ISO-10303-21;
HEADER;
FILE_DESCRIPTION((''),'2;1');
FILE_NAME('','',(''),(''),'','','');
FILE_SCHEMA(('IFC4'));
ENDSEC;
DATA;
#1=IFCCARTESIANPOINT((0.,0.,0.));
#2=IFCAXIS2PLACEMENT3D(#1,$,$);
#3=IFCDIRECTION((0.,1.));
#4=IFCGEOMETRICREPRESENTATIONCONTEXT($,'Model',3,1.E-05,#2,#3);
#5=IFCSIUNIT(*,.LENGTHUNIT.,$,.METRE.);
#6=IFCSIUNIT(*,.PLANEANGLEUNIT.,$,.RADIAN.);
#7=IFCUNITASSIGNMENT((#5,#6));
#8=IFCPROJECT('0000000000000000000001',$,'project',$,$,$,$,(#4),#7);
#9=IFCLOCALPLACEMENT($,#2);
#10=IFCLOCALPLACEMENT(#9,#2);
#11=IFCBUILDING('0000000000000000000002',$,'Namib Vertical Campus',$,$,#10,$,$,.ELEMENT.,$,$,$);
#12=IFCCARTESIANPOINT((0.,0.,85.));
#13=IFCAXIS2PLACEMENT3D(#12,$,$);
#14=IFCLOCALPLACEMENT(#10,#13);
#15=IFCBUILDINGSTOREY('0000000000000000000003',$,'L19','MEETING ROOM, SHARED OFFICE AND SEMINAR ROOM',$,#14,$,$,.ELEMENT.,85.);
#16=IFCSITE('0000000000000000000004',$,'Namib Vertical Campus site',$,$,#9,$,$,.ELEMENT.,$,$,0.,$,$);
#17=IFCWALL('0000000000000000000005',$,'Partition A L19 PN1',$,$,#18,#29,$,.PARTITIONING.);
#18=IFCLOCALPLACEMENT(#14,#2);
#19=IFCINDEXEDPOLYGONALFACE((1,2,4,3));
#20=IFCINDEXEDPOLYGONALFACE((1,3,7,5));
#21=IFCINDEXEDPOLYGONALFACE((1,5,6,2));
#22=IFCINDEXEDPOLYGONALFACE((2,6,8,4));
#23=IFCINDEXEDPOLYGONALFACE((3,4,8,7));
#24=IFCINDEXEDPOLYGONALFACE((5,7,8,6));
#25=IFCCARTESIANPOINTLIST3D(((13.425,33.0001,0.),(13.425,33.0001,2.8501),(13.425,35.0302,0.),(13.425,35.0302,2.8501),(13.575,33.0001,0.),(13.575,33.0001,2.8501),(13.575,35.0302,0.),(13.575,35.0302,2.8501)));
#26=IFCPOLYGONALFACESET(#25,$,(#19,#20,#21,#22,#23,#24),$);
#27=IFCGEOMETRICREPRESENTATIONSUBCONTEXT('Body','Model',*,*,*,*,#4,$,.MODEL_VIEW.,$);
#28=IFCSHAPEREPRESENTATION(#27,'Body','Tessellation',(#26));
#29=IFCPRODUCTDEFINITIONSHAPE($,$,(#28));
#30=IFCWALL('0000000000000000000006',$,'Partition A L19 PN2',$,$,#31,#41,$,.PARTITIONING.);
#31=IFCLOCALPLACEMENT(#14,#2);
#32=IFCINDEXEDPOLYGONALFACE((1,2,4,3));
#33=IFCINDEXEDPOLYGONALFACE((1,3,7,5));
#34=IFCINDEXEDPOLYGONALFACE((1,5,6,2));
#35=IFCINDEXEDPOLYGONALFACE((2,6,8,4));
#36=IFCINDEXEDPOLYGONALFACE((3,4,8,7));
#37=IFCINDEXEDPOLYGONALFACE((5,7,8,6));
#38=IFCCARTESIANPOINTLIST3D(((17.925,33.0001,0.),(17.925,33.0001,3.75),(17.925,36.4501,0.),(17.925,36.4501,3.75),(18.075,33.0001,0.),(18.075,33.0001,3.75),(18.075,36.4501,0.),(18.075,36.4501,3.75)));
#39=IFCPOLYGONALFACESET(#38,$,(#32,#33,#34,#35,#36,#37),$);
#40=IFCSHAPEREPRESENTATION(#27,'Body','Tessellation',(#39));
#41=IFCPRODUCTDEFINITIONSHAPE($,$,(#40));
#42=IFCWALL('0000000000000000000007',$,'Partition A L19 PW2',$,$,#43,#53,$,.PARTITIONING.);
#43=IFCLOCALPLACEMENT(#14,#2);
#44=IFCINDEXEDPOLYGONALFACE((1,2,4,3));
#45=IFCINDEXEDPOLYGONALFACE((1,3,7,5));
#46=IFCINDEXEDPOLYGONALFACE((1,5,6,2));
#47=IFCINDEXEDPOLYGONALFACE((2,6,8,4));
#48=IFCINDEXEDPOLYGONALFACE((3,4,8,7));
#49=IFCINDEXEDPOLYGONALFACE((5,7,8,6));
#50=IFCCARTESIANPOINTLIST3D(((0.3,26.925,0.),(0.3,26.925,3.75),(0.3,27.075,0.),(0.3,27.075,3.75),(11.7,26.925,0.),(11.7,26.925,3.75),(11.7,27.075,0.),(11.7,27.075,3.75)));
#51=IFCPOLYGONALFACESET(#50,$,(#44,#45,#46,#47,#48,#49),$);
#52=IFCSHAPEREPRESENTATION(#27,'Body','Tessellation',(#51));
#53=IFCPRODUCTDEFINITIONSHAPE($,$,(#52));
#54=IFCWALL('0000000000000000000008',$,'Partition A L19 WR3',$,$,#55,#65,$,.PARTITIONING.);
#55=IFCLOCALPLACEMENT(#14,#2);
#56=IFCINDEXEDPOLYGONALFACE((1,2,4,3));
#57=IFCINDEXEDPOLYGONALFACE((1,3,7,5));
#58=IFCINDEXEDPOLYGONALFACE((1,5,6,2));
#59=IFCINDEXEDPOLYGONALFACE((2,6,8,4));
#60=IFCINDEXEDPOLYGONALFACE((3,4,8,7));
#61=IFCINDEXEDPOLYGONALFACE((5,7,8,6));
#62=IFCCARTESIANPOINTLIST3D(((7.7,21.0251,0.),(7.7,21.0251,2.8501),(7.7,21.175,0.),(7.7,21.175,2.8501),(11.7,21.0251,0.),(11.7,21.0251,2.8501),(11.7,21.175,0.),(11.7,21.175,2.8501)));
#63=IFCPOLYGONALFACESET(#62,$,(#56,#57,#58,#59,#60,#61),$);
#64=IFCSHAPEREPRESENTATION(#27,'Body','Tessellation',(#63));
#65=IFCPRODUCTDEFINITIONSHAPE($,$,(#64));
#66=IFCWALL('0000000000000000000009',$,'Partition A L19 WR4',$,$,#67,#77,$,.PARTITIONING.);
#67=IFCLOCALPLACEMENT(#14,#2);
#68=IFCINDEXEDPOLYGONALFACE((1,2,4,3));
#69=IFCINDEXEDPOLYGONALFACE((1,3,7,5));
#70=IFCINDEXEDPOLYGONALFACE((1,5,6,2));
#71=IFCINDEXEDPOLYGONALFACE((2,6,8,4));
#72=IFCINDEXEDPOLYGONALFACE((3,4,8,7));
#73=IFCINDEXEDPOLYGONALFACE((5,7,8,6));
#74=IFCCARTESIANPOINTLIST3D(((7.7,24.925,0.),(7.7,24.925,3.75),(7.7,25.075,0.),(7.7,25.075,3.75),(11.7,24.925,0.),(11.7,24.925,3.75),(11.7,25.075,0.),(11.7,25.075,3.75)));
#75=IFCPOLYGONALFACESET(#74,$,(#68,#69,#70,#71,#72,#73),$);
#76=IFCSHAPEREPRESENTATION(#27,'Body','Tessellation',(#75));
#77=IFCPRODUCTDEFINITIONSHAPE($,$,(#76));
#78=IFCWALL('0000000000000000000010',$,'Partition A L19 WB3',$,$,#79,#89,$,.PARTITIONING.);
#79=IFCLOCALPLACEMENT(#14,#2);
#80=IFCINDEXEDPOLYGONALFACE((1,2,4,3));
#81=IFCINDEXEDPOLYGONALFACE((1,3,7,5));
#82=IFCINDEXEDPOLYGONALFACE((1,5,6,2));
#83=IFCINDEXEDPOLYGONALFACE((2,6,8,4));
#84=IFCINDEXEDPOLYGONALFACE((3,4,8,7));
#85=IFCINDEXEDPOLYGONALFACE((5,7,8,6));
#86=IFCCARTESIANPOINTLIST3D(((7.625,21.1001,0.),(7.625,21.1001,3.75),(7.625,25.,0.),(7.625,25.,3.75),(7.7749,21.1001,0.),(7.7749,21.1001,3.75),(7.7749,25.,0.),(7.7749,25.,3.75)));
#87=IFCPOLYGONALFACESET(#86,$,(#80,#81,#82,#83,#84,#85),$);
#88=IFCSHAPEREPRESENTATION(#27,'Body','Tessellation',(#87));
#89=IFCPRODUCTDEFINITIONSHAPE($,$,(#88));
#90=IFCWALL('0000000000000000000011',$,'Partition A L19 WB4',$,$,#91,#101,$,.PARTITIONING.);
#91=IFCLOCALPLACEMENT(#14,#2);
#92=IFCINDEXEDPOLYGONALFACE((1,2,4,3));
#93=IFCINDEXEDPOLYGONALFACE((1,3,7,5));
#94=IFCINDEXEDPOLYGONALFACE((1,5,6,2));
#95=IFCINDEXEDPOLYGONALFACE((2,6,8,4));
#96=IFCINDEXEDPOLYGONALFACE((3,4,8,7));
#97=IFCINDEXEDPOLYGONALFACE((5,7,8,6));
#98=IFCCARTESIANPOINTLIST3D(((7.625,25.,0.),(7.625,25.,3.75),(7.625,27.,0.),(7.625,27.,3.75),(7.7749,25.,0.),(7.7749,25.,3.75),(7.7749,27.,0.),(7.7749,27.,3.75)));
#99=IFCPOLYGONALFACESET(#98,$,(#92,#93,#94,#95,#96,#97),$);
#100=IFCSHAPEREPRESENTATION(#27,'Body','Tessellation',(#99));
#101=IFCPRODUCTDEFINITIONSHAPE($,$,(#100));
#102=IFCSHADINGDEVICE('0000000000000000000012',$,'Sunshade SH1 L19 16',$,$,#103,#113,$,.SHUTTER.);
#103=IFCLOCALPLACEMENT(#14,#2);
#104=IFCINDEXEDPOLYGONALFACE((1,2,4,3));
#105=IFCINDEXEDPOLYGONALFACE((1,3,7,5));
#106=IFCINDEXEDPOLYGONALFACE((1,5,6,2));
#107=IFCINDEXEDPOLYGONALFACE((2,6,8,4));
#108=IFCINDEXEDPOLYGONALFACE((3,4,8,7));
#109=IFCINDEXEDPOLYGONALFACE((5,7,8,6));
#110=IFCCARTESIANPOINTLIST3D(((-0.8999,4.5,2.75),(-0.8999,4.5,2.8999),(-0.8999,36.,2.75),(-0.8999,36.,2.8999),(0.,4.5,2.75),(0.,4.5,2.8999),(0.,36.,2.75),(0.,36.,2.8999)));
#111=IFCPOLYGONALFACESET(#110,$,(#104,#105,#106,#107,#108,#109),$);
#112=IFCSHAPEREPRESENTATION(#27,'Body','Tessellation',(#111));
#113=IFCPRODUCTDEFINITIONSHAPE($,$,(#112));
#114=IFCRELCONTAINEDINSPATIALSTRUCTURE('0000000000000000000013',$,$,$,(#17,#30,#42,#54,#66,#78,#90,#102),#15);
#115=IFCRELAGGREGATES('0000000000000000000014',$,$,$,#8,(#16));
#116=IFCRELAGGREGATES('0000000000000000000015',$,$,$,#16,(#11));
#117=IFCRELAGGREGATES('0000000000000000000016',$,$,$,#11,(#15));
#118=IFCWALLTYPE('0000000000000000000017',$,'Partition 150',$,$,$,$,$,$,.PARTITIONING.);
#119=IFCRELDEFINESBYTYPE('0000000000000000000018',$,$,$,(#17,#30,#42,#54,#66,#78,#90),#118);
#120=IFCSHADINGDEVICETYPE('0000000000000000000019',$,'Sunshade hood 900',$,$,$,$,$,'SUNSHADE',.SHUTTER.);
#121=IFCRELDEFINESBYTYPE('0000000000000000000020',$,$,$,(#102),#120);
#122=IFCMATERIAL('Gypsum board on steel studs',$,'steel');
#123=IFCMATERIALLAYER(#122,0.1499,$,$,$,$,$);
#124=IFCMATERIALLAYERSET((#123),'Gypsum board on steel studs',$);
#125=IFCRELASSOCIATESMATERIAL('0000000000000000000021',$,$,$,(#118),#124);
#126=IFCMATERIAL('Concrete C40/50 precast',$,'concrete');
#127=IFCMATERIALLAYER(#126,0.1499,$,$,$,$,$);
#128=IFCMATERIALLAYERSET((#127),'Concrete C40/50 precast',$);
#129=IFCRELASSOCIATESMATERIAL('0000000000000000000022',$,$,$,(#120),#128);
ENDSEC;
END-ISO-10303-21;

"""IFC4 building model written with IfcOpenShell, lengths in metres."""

from ifc_helpers import new_model, si_unit, direction, frame, frame_2d, origin, origin_2d, place, context, subcontext, project, spatial, rectangle, extrude, material, layer, layer_set, type_object, element, save


model = new_model("IFC4")

# Units and contexts
model_context = context("Model", 3, precision=1e-05, world=origin(), true_north=direction((0.0, 1.0)))
body_context = subcontext(model_context, "Body", "Model", "MODEL_VIEW")
ifc_project = project(units=[si_unit("LENGTHUNIT", "METRE"), si_unit("PLANEANGLEUNIT", "RADIAN")], contexts=[model_context])

# Site, building, storey
site_placement = place(None, origin())
site = spatial("IfcSite", under=ifc_project, at=site_placement, Name="Namib Vertical Campus site", CompositionType="ELEMENT", RefElevation=0.0)
building_placement = place(site_placement, origin())
building = spatial("IfcBuilding", under=site, at=building_placement, Name="Namib Vertical Campus", CompositionType="ELEMENT")
storey_placement = place(building_placement, frame((0.0, 0.0, 85.0)))
storey = spatial("IfcBuildingStorey", under=building, at=storey_placement, Name="L19", Description="MEETING ROOM, SHARED OFFICE AND SEMINAR ROOM", CompositionType="ELEMENT", Elevation=85.0)

# Walls
ifc_material_1 = material(Name="Gypsum board on steel studs", Category="steel")
ifc_layer_1 = layer(ifc_material_1, 0.1499)
ifc_layer_set_1 = layer_set([ifc_layer_1], Name="Gypsum board on steel studs")
wall_type_1 = type_object("IfcWallType", Name="Partition 150", PredefinedType="PARTITIONING", material=ifc_layer_set_1)
wall_1_placement = place(storey_placement, frame((13.5, 33.0, 0.0), z_axis=(0.0, 0.0, 1.0), x_axis=(0.0, 1.0, 0.0)))
element("IfcWall", 1, at=wall_1_placement, inside=storey, type_object=wall_type_1, Name="Partition A L19 PN1", PredefinedType="PARTITIONING", context=body_context, shape_type="SweptSolid", body=[
    extrude(rectangle(XDim=2.03, YDim=0.1499, at=frame_2d((1.0151, 0.0))), origin(), (0.0, 0.0, 1.0), 2.8501),
])
wall_2_placement = place(storey_placement, frame((18.0, 33.0, 0.0), z_axis=(0.0, 0.0, 1.0), x_axis=(0.0, 1.0, 0.0)))
element("IfcWall", 2, at=wall_2_placement, inside=storey, type_object=wall_type_1, Name="Partition A L19 PN2", PredefinedType="PARTITIONING", context=body_context, shape_type="SweptSolid", body=[
    extrude(rectangle(XDim=3.45, YDim=0.1499, at=frame_2d((1.7251, 0.0))), origin(), (0.0, 0.0, 1.0), 3.75),
])
wall_3_placement = place(storey_placement, frame((0.3, 27.0, 0.0), z_axis=(0.0, 0.0, 1.0), x_axis=(1.0, 0.0, 0.0)))
element("IfcWall", 3, at=wall_3_placement, inside=storey, type_object=wall_type_1, Name="Partition A L19 PW2", PredefinedType="PARTITIONING", context=body_context, shape_type="SweptSolid", body=[
    extrude(rectangle(XDim=11.3999, YDim=0.1499, at=frame_2d((5.7, 0.0))), origin(), (0.0, 0.0, 1.0), 3.75),
])
wall_4_placement = place(storey_placement, frame((11.7, 21.1001, 0.0), z_axis=(0.0, 0.0, 1.0), x_axis=(-1.0, 0.0, 0.0)))
element("IfcWall", 4, at=wall_4_placement, inside=storey, type_object=wall_type_1, Name="Partition A L19 WR3", PredefinedType="PARTITIONING", context=body_context, shape_type="SweptSolid", body=[
    extrude(rectangle(XDim=4.0, YDim=0.1499, at=frame_2d((2.0, 0.0))), origin(), (0.0, 0.0, 1.0), 2.8501),
])
wall_5_placement = place(storey_placement, frame((11.7, 25.0, 0.0), z_axis=(0.0, 0.0, 1.0), x_axis=(-1.0, 0.0, 0.0)))
element("IfcWall", 5, at=wall_5_placement, inside=storey, type_object=wall_type_1, Name="Partition A L19 WR4", PredefinedType="PARTITIONING", context=body_context, shape_type="SweptSolid", body=[
    extrude(rectangle(XDim=4.0, YDim=0.1499, at=frame_2d((2.0, 0.0))), origin(), (0.0, 0.0, 1.0), 3.75),
])
wall_6_placement = place(storey_placement, frame((7.7, 21.1001, 0.0), z_axis=(0.0, 0.0, 1.0), x_axis=(0.0, 1.0, 0.0)))
element("IfcWall", 6, at=wall_6_placement, inside=storey, type_object=wall_type_1, Name="Partition A L19 WB3", PredefinedType="PARTITIONING", context=body_context, shape_type="SweptSolid", body=[
    extrude(rectangle(XDim=3.8999, YDim=0.1499, at=frame_2d((1.95, 0.0))), origin(), (0.0, 0.0, 1.0), 3.75),
])
wall_7_placement = place(storey_placement, frame((7.7, 25.0, 0.0), z_axis=(0.0, 0.0, 1.0), x_axis=(0.0, 1.0, 0.0)))
element("IfcWall", 7, at=wall_7_placement, inside=storey, type_object=wall_type_1, Name="Partition A L19 WB4", PredefinedType="PARTITIONING", context=body_context, shape_type="SweptSolid", body=[
    extrude(rectangle(XDim=2.0, YDim=0.1499, at=frame_2d((1.0, 0.0))), origin(), (0.0, 0.0, 1.0), 3.75),
])

# Shading device
ifc_material_2 = material(Name="Concrete C40/50 precast", Category="concrete")
ifc_layer_2 = layer(ifc_material_2, 0.1499)
ifc_layer_set_2 = layer_set([ifc_layer_2], Name="Concrete C40/50 precast")
shading_device_type = type_object("IfcShadingDeviceType", Name="Sunshade hood 900", ElementType="SUNSHADE", PredefinedType="SHUTTER", material=ifc_layer_set_2)
shading_device_placement = place(storey_placement, frame((-0.45, 20.25, 2.75), z_axis=(0.0, 0.0, 1.0), x_axis=(0.0, -1.0, 0.0)))
element("IfcShadingDevice", 8, at=shading_device_placement, inside=storey, type_object=shading_device_type, Name="Sunshade SH1 L19 16", PredefinedType="SHUTTER", context=body_context, shape_type="SweptSolid", body=[
    extrude(rectangle(XDim=31.5, YDim=0.8999, at=origin_2d()), origin(), (0.0, 0.0, 1.0), 0.1499),
])

save(model, "model.ifc")
